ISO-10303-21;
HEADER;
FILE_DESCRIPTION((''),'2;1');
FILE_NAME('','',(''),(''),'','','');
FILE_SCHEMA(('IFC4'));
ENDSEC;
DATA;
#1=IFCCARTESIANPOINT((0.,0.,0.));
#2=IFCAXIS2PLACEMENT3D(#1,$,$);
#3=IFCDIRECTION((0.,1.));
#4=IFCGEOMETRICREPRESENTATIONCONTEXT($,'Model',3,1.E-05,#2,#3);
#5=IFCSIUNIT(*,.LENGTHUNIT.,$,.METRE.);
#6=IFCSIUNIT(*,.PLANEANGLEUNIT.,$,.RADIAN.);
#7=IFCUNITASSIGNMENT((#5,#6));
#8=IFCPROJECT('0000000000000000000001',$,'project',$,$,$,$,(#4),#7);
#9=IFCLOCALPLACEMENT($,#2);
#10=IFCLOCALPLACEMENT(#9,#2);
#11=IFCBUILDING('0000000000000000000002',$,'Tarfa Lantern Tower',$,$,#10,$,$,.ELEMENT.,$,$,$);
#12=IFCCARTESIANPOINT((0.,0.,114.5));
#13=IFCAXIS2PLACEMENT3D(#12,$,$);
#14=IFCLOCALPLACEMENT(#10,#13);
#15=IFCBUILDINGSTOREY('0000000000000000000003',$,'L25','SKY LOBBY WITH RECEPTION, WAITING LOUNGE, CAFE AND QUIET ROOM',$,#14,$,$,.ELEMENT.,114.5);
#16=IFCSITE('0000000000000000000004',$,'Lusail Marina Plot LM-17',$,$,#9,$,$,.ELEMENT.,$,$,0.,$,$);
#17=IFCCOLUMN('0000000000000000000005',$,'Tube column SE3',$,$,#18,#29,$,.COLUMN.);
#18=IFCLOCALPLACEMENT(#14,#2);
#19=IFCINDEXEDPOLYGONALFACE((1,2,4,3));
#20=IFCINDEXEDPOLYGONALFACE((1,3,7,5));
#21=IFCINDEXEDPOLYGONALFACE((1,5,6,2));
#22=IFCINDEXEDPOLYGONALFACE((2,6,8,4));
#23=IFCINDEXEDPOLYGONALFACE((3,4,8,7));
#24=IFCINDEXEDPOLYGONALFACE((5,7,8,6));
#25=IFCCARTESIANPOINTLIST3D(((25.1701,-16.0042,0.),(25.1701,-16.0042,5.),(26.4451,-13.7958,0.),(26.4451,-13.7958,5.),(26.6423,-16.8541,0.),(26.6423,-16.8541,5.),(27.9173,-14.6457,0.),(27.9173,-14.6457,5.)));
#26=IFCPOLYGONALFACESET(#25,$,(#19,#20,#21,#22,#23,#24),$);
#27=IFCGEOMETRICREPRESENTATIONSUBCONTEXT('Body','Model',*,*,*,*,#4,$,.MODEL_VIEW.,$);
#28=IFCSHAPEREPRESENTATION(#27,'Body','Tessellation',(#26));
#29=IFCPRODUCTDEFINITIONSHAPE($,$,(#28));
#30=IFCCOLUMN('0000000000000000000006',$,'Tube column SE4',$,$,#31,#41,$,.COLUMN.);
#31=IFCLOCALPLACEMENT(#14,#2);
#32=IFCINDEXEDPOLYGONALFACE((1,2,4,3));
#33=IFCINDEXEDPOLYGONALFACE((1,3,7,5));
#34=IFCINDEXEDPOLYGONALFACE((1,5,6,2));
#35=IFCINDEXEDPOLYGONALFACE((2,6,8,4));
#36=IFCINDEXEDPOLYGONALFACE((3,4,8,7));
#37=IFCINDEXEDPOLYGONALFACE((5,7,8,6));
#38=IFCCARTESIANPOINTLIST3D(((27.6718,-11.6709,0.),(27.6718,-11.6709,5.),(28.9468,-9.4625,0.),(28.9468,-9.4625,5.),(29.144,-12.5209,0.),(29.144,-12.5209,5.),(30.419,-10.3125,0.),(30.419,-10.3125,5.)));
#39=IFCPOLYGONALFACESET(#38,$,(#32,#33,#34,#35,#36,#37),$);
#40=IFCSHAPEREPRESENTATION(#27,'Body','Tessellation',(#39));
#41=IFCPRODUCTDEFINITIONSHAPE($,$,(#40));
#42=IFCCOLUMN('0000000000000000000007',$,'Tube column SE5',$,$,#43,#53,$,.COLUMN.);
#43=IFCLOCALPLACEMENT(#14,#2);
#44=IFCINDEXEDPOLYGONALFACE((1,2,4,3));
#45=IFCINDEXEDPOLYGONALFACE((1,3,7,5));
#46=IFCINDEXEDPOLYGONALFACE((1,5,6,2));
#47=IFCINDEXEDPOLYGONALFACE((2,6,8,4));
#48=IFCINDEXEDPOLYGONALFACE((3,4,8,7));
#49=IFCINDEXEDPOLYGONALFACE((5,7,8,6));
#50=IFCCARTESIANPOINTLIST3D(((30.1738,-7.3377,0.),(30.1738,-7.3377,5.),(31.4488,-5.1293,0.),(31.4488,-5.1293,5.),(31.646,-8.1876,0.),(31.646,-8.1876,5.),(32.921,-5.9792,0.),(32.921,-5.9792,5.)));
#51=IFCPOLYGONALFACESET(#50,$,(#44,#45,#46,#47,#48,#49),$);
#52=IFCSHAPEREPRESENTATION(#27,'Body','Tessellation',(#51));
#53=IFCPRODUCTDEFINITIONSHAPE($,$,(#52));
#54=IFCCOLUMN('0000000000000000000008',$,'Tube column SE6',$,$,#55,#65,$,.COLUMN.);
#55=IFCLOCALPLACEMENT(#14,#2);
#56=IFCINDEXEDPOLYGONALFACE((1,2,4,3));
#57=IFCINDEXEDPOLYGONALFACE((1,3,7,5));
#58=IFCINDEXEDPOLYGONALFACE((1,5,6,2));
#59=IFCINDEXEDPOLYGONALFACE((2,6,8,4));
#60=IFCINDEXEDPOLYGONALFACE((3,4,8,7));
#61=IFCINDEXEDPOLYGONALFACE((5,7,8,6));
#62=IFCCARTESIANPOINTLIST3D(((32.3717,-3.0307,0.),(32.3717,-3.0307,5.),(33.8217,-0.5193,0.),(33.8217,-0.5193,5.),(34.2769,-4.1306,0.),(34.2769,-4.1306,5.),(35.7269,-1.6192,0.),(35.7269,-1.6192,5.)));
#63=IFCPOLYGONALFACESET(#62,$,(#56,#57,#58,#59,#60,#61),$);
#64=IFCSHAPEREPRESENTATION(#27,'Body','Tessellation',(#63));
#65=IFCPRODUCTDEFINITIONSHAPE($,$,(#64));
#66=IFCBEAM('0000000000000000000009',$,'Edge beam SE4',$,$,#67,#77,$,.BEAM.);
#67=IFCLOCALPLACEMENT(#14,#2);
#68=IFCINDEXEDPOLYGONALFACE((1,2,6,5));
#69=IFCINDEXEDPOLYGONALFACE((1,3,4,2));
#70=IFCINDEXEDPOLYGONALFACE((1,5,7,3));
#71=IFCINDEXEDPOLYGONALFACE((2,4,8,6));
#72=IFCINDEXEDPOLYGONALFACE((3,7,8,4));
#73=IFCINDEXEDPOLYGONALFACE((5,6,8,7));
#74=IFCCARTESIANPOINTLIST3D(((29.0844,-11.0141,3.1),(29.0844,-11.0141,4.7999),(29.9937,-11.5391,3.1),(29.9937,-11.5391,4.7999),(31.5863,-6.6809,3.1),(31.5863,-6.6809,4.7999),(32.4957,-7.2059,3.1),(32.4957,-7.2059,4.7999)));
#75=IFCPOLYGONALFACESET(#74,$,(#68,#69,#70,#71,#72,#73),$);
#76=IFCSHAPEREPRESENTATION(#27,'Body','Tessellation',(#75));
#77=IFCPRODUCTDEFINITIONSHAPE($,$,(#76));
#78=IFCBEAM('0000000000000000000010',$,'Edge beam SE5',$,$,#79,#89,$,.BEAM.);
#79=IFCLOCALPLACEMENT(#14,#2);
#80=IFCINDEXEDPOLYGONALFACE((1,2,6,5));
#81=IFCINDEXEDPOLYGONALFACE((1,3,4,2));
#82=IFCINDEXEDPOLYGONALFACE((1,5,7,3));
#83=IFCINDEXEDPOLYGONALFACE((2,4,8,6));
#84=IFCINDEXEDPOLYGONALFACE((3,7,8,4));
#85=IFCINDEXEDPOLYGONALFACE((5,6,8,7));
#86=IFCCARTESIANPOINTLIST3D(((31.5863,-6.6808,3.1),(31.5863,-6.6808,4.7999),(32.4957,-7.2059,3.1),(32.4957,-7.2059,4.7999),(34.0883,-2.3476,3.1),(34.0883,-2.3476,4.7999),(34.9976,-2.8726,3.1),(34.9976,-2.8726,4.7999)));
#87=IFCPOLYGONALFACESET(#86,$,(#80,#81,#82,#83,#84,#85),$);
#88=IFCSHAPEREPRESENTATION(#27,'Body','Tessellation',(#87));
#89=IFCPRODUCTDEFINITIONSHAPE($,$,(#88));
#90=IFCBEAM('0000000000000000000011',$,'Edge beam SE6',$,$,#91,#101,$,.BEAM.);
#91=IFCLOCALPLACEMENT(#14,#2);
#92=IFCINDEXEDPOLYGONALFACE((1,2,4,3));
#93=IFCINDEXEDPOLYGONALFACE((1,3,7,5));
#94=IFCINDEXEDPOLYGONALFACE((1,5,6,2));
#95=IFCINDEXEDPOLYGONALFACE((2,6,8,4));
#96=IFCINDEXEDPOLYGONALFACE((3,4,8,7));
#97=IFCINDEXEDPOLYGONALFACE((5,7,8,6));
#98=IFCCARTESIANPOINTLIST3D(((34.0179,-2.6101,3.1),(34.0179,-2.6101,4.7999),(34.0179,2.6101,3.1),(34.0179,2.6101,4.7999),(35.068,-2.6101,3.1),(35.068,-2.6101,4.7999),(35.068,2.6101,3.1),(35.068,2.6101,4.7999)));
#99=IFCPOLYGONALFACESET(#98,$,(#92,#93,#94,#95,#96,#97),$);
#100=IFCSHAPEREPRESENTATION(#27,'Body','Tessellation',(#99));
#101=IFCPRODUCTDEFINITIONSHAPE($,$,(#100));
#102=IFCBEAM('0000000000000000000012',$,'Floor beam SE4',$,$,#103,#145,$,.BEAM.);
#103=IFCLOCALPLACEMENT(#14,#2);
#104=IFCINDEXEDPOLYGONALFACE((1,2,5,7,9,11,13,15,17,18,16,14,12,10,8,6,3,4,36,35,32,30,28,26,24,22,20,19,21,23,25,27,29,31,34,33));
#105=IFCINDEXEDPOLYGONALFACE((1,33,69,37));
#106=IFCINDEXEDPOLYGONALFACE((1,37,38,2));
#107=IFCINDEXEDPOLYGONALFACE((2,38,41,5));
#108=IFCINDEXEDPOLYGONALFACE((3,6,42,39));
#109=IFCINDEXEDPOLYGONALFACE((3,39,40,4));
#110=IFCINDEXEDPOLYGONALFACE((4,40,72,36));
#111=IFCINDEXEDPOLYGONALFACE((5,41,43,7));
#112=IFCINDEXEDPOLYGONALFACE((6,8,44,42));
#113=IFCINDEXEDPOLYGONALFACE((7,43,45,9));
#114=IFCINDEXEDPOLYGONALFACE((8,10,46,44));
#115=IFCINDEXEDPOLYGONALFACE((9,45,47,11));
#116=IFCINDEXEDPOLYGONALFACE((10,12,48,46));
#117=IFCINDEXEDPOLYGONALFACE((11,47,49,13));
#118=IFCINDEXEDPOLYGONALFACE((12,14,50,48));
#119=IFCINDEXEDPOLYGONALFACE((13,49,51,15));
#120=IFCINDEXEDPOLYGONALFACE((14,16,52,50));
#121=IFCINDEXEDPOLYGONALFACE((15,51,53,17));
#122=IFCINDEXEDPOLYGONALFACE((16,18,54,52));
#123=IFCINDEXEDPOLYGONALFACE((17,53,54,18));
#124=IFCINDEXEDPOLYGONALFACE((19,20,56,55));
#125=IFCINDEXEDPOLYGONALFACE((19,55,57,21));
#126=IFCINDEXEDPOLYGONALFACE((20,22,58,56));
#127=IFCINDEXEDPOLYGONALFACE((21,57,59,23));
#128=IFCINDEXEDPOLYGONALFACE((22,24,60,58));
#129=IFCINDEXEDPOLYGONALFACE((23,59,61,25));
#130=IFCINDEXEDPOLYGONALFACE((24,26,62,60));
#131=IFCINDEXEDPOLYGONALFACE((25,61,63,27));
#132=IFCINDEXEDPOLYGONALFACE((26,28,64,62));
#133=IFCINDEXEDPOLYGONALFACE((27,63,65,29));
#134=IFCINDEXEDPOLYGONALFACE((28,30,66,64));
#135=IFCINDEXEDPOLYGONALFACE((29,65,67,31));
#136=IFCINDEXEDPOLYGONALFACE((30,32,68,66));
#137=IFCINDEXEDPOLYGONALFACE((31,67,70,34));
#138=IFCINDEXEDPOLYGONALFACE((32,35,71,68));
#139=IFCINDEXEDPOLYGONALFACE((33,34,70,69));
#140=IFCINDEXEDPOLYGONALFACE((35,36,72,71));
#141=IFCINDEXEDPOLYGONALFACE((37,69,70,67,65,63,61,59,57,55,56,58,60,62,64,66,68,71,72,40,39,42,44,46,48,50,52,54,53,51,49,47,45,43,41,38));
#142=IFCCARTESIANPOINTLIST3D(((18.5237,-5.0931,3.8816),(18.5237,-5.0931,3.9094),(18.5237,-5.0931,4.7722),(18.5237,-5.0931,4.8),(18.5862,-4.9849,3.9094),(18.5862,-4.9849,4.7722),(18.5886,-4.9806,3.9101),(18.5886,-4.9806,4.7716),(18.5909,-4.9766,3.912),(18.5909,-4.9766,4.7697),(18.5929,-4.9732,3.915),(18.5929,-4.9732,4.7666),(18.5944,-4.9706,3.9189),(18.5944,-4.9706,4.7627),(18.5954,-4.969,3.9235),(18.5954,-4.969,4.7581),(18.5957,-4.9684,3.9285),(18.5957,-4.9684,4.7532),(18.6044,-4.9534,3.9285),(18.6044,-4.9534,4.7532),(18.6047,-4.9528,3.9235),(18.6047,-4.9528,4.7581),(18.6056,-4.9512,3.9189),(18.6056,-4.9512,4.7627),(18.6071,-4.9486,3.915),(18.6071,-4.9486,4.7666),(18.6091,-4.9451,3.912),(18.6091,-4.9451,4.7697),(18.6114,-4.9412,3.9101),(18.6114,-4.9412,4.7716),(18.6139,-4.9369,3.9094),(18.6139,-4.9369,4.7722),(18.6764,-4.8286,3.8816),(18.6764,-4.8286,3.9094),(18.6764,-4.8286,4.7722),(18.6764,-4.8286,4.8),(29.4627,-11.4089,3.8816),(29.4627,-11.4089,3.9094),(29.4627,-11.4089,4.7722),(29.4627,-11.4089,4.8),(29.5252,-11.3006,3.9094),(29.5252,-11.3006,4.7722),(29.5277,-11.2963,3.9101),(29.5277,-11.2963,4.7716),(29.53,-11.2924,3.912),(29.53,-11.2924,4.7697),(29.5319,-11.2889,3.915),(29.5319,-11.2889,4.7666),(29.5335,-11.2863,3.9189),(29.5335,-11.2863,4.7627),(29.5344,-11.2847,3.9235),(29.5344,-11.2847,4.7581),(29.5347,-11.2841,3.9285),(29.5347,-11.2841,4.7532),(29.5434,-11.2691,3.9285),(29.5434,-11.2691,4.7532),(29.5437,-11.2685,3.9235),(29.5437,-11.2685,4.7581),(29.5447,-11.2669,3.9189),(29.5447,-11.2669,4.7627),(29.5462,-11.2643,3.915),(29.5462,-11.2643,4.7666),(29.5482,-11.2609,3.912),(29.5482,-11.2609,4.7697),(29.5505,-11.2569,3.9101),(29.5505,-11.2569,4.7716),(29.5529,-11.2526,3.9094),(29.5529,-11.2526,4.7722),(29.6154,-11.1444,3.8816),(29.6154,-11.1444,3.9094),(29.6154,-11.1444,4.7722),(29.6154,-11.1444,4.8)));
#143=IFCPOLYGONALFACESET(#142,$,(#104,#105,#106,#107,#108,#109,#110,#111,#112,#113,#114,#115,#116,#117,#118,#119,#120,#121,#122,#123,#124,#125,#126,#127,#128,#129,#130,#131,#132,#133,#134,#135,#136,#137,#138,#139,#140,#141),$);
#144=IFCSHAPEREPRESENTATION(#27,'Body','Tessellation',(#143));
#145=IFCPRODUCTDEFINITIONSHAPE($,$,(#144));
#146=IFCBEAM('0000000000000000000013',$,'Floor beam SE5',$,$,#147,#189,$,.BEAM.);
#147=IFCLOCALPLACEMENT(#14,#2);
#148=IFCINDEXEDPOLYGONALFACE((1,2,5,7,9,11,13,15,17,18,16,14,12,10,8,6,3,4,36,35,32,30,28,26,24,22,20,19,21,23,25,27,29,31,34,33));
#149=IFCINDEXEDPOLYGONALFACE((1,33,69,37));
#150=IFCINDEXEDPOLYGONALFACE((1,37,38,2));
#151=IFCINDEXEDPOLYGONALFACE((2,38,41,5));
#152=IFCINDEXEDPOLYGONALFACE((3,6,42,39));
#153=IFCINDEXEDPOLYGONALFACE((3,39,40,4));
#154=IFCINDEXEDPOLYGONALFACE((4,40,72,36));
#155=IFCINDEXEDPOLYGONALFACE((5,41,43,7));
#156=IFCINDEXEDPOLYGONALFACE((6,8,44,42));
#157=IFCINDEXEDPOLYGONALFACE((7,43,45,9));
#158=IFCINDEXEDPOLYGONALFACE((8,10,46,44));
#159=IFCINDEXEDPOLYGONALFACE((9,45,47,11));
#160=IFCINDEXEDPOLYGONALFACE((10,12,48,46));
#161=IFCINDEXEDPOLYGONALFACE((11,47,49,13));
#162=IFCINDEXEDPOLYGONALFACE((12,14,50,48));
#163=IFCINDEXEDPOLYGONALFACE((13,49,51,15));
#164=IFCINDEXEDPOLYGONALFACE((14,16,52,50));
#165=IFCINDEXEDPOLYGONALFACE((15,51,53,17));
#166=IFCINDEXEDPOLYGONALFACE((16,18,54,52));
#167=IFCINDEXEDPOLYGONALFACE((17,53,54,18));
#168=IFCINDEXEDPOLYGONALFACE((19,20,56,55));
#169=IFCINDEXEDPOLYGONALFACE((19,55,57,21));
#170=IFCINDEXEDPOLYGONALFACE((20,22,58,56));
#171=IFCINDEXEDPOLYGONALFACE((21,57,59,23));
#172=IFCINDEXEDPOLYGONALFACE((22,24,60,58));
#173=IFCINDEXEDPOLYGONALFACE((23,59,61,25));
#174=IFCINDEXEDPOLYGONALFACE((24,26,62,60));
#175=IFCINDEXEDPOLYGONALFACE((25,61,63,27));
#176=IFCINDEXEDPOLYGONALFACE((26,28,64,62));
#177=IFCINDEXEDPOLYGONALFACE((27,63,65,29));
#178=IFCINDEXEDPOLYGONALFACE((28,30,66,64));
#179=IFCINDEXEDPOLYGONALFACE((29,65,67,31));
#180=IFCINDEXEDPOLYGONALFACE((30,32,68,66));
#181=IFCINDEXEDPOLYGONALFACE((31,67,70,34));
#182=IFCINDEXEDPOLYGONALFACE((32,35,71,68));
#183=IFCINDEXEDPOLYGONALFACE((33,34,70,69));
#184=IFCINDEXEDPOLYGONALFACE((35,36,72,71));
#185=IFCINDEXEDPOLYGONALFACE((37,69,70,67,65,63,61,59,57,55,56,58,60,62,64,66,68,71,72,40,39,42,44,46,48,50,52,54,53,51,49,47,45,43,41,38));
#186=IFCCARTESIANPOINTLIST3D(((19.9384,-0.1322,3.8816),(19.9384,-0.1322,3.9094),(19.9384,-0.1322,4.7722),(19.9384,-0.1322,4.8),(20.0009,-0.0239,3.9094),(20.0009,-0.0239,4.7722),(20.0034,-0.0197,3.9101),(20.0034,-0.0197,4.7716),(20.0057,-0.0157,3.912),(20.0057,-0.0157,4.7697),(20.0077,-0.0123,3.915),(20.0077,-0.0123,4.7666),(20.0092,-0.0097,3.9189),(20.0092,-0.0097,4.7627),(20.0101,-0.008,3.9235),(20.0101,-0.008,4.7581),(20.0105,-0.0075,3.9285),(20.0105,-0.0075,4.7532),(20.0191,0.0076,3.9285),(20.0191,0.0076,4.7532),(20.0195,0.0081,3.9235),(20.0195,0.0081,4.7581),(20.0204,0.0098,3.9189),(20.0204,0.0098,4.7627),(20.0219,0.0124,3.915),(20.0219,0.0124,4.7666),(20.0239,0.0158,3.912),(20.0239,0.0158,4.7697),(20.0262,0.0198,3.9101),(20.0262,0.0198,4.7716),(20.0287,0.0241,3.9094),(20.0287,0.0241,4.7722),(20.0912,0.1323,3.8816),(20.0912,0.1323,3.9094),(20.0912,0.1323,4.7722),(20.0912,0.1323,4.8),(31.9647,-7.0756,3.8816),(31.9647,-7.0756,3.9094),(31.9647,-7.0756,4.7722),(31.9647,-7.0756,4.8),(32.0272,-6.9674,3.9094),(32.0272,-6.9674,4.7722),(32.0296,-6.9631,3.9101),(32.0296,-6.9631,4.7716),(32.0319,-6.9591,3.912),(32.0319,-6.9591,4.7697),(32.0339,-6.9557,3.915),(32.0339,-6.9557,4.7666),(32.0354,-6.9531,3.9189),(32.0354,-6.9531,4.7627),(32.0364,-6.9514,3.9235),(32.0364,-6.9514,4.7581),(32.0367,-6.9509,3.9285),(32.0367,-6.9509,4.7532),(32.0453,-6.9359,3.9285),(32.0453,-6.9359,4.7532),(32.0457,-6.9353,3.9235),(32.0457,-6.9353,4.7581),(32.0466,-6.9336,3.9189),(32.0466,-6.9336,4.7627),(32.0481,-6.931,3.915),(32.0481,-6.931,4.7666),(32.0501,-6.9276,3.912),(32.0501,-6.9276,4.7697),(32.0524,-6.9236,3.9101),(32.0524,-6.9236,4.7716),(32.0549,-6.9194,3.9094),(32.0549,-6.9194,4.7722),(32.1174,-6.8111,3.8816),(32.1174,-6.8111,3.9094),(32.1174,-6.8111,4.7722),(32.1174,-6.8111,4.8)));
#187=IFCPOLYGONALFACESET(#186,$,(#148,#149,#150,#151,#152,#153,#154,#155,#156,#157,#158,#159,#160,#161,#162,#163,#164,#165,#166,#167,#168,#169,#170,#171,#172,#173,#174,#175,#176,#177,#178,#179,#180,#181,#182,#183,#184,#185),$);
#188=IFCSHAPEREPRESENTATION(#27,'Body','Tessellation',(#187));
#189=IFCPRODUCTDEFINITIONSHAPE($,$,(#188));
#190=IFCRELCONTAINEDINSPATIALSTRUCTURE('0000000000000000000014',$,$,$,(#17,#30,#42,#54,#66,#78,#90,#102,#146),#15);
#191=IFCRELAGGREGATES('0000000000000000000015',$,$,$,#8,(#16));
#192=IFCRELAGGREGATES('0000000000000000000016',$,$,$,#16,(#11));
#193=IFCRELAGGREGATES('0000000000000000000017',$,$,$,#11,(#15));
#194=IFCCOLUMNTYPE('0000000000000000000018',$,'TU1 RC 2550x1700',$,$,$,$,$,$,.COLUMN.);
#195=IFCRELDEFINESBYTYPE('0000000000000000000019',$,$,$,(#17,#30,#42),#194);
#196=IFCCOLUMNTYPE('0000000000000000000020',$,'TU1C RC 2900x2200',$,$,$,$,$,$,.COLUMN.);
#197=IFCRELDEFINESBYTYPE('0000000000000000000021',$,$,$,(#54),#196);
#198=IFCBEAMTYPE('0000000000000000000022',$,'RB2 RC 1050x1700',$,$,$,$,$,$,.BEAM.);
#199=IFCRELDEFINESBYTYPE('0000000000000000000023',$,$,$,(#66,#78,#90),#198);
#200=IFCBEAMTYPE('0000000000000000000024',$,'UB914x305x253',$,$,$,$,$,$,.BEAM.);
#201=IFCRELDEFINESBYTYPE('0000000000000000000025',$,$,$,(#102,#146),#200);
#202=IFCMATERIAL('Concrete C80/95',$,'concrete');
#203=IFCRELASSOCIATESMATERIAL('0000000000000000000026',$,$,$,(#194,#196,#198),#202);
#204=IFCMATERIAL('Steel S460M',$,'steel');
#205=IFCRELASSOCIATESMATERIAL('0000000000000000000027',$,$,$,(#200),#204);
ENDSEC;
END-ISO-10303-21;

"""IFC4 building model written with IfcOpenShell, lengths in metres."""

from ifc_helpers import new_model, si_unit, direction, frame, origin, origin_2d, place, context, subcontext, project, spatial, rectangle, i_section, extrude, material, material_profile, profile_set, type_object, element, save


model = new_model("IFC4")

# Units and contexts
model_context = context("Model", 3, precision=1e-05, world=origin(), true_north=direction((0.0, 1.0)))
body_context = subcontext(model_context, "Body", "Model", "MODEL_VIEW")
ifc_project = project(units=[si_unit("LENGTHUNIT", "METRE"), si_unit("PLANEANGLEUNIT", "RADIAN")], contexts=[model_context])

# Site, building, storey
site_placement = place(None, origin())
site = spatial("IfcSite", under=ifc_project, at=site_placement, Name="Lusail Marina Plot LM-17", CompositionType="ELEMENT", RefElevation=0.0)
building_placement = place(site_placement, origin())
building = spatial("IfcBuilding", under=site, at=building_placement, Name="Tarfa Lantern Tower", CompositionType="ELEMENT")
storey_placement = place(building_placement, frame((0.0, 0.0, 114.5)))
storey = spatial("IfcBuildingStorey", under=building, at=storey_placement, Name="L25", Description="SKY LOBBY WITH RECEPTION, WAITING LOUNGE, CAFE AND QUIET ROOM", CompositionType="ELEMENT", Elevation=114.5)

# Columns
ifc_material_1 = material(Name="Concrete C80/95", Category="concrete")
ifc_material_profile_1 = material_profile(ifc_material_1, rectangle(XDim=2.55, YDim=1.7, at=origin_2d()), Name="RC 2550x1700")
ifc_profile_set_1 = profile_set([ifc_material_profile_1], Name="Concrete C80/95")
column_type_1 = type_object("IfcColumnType", Name="TU1 RC 2550x1700", PredefinedType="COLUMN", material=ifc_profile_set_1)
for number, where, z_axis, x_axis, name in (
    (1, (26.5437, -15.325, 0.0), (0.0, 0.0, 1.0), (0.5, 0.866025, 0.0), "Tube column SE3"),
    (2, (29.0454, -10.9917, 0.0), (0.0, 0.0, 1.0), (0.5, 0.866025, 0.0), "Tube column SE4"),
    (3, (31.5474, -6.6584, 0.0), (0.0, 0.0, 1.0), (0.5, 0.866025, 0.0), "Tube column SE5"),
):
    element("IfcColumn", number, at=place(storey_placement, frame(where, z_axis=z_axis, x_axis=x_axis)), inside=storey, type_object=column_type_1, Name=name, PredefinedType="COLUMN", context=body_context, shape_type="SweptSolid", body=[
        extrude(rectangle(XDim=2.55, YDim=1.7, at=origin_2d()), origin(), (0.0, 0.0, 1.0), 5.0),
    ])
ifc_material_profile_2 = material_profile(ifc_material_1, rectangle(XDim=2.8999, YDim=2.2, at=origin_2d()), Name="RC 2900x2200")
ifc_profile_set_2 = profile_set([ifc_material_profile_2], Name="Concrete C80/95")
column_type_2 = type_object("IfcColumnType", Name="TU1C RC 2900x2200", PredefinedType="COLUMN", material=ifc_profile_set_2)
column_placement = place(storey_placement, frame((34.0493, -2.325, 0.0), z_axis=(0.0, 0.0, 1.0), x_axis=(0.5, 0.866025, 0.0)))
element("IfcColumn", 4, at=column_placement, inside=storey, type_object=column_type_2, Name="Tube column SE6", PredefinedType="COLUMN", context=body_context, shape_type="SweptSolid", body=[
    extrude(rectangle(XDim=2.8999, YDim=2.2, at=origin_2d()), origin(), (0.0, 0.0, 1.0), 5.0),
])

# Beams
ifc_material_profile_3 = material_profile(ifc_material_1, rectangle(XDim=1.05, YDim=1.7, at=origin_2d()), Name="RC 1050x1700")
ifc_profile_set_3 = profile_set([ifc_material_profile_3], Name="Concrete C80/95")
beam_type_1 = type_object("IfcBeamType", Name="RB2 RC 1050x1700", PredefinedType="BEAM", material=ifc_profile_set_3)
for number, where, z_axis, x_axis, name in (
    (5, (29.5391, -11.2766, 3.95), (0.500022, 0.866013, 0.0), (-0.866013, 0.500022, 0.0), "Edge beam SE4"),
    (6, (32.041, -6.9434, 3.95), (0.500022, 0.866013, 0.0), (-0.866013, 0.500022, 0.0), "Edge beam SE5"),
):
    element("IfcBeam", number, at=place(storey_placement, frame(where, z_axis=z_axis, x_axis=x_axis)), inside=storey, type_object=beam_type_1, Name=name, PredefinedType="BEAM", context=body_context, shape_type="SweptSolid", body=[
        extrude(rectangle(XDim=1.05, YDim=1.7, at=origin_2d()), origin(), (0.0, 0.0, 1.0), 5.0037),
    ])
beam_1_placement = place(storey_placement, frame((34.543, -2.6101, 3.95), z_axis=(0.0, 1.0, 0.0), x_axis=(-1.0, 0.0, 0.0)))
element("IfcBeam", 7, at=beam_1_placement, inside=storey, type_object=beam_type_1, Name="Edge beam SE6", PredefinedType="BEAM", context=body_context, shape_type="SweptSolid", body=[
    extrude(rectangle(XDim=1.05, YDim=1.7, at=origin_2d()), origin(), (0.0, 0.0, 1.0), 5.2202),
])
ifc_material_2 = material(Name="Steel S460M", Category="steel")
ifc_material_profile_4 = material_profile(ifc_material_2, i_section(OverallWidth=0.3054, OverallDepth=0.9185, WebThickness=0.0173, FlangeThickness=0.0278, FilletRadius=0.019, at=origin_2d()), Name="UB914x305x253")
ifc_profile_set_4 = profile_set([ifc_material_profile_4], Name="Steel S460M")
beam_type_2 = type_object("IfcBeamType", Name="UB914x305x253", PredefinedType="BEAM", material=ifc_profile_set_4)
beam_2_placement = place(storey_placement, frame((29.5391, -11.2766, 4.3408), z_axis=(-0.866023, 0.500004, 0.0), x_axis=(-0.500004, -0.866023, 0.0)))
element("IfcBeam", 8, at=beam_2_placement, inside=storey, type_object=beam_type_2, Name="Floor beam SE4", PredefinedType="BEAM", context=body_context, shape_type="SweptSolid", body=[
    extrude(i_section(OverallWidth=0.3054, OverallDepth=0.9185, WebThickness=0.0173, FlangeThickness=0.0278, FilletRadius=0.019, at=origin_2d()), origin(), (0.0, 0.0, 1.0), 12.6313),
])
beam_3_placement = place(storey_placement, frame((32.041, -6.9434, 4.3408), z_axis=(-0.866023, 0.500004, 0.0), x_axis=(-0.500004, -0.866023, 0.0)))
element("IfcBeam", 9, at=beam_3_placement, inside=storey, type_object=beam_type_2, Name="Floor beam SE5", PredefinedType="BEAM", context=body_context, shape_type="SweptSolid", body=[
    extrude(i_section(OverallWidth=0.3054, OverallDepth=0.9185, WebThickness=0.0173, FlangeThickness=0.0278, FilletRadius=0.019, at=origin_2d()), origin(), (0.0, 0.0, 1.0), 13.8867),
])

save(model, "model.ifc")
